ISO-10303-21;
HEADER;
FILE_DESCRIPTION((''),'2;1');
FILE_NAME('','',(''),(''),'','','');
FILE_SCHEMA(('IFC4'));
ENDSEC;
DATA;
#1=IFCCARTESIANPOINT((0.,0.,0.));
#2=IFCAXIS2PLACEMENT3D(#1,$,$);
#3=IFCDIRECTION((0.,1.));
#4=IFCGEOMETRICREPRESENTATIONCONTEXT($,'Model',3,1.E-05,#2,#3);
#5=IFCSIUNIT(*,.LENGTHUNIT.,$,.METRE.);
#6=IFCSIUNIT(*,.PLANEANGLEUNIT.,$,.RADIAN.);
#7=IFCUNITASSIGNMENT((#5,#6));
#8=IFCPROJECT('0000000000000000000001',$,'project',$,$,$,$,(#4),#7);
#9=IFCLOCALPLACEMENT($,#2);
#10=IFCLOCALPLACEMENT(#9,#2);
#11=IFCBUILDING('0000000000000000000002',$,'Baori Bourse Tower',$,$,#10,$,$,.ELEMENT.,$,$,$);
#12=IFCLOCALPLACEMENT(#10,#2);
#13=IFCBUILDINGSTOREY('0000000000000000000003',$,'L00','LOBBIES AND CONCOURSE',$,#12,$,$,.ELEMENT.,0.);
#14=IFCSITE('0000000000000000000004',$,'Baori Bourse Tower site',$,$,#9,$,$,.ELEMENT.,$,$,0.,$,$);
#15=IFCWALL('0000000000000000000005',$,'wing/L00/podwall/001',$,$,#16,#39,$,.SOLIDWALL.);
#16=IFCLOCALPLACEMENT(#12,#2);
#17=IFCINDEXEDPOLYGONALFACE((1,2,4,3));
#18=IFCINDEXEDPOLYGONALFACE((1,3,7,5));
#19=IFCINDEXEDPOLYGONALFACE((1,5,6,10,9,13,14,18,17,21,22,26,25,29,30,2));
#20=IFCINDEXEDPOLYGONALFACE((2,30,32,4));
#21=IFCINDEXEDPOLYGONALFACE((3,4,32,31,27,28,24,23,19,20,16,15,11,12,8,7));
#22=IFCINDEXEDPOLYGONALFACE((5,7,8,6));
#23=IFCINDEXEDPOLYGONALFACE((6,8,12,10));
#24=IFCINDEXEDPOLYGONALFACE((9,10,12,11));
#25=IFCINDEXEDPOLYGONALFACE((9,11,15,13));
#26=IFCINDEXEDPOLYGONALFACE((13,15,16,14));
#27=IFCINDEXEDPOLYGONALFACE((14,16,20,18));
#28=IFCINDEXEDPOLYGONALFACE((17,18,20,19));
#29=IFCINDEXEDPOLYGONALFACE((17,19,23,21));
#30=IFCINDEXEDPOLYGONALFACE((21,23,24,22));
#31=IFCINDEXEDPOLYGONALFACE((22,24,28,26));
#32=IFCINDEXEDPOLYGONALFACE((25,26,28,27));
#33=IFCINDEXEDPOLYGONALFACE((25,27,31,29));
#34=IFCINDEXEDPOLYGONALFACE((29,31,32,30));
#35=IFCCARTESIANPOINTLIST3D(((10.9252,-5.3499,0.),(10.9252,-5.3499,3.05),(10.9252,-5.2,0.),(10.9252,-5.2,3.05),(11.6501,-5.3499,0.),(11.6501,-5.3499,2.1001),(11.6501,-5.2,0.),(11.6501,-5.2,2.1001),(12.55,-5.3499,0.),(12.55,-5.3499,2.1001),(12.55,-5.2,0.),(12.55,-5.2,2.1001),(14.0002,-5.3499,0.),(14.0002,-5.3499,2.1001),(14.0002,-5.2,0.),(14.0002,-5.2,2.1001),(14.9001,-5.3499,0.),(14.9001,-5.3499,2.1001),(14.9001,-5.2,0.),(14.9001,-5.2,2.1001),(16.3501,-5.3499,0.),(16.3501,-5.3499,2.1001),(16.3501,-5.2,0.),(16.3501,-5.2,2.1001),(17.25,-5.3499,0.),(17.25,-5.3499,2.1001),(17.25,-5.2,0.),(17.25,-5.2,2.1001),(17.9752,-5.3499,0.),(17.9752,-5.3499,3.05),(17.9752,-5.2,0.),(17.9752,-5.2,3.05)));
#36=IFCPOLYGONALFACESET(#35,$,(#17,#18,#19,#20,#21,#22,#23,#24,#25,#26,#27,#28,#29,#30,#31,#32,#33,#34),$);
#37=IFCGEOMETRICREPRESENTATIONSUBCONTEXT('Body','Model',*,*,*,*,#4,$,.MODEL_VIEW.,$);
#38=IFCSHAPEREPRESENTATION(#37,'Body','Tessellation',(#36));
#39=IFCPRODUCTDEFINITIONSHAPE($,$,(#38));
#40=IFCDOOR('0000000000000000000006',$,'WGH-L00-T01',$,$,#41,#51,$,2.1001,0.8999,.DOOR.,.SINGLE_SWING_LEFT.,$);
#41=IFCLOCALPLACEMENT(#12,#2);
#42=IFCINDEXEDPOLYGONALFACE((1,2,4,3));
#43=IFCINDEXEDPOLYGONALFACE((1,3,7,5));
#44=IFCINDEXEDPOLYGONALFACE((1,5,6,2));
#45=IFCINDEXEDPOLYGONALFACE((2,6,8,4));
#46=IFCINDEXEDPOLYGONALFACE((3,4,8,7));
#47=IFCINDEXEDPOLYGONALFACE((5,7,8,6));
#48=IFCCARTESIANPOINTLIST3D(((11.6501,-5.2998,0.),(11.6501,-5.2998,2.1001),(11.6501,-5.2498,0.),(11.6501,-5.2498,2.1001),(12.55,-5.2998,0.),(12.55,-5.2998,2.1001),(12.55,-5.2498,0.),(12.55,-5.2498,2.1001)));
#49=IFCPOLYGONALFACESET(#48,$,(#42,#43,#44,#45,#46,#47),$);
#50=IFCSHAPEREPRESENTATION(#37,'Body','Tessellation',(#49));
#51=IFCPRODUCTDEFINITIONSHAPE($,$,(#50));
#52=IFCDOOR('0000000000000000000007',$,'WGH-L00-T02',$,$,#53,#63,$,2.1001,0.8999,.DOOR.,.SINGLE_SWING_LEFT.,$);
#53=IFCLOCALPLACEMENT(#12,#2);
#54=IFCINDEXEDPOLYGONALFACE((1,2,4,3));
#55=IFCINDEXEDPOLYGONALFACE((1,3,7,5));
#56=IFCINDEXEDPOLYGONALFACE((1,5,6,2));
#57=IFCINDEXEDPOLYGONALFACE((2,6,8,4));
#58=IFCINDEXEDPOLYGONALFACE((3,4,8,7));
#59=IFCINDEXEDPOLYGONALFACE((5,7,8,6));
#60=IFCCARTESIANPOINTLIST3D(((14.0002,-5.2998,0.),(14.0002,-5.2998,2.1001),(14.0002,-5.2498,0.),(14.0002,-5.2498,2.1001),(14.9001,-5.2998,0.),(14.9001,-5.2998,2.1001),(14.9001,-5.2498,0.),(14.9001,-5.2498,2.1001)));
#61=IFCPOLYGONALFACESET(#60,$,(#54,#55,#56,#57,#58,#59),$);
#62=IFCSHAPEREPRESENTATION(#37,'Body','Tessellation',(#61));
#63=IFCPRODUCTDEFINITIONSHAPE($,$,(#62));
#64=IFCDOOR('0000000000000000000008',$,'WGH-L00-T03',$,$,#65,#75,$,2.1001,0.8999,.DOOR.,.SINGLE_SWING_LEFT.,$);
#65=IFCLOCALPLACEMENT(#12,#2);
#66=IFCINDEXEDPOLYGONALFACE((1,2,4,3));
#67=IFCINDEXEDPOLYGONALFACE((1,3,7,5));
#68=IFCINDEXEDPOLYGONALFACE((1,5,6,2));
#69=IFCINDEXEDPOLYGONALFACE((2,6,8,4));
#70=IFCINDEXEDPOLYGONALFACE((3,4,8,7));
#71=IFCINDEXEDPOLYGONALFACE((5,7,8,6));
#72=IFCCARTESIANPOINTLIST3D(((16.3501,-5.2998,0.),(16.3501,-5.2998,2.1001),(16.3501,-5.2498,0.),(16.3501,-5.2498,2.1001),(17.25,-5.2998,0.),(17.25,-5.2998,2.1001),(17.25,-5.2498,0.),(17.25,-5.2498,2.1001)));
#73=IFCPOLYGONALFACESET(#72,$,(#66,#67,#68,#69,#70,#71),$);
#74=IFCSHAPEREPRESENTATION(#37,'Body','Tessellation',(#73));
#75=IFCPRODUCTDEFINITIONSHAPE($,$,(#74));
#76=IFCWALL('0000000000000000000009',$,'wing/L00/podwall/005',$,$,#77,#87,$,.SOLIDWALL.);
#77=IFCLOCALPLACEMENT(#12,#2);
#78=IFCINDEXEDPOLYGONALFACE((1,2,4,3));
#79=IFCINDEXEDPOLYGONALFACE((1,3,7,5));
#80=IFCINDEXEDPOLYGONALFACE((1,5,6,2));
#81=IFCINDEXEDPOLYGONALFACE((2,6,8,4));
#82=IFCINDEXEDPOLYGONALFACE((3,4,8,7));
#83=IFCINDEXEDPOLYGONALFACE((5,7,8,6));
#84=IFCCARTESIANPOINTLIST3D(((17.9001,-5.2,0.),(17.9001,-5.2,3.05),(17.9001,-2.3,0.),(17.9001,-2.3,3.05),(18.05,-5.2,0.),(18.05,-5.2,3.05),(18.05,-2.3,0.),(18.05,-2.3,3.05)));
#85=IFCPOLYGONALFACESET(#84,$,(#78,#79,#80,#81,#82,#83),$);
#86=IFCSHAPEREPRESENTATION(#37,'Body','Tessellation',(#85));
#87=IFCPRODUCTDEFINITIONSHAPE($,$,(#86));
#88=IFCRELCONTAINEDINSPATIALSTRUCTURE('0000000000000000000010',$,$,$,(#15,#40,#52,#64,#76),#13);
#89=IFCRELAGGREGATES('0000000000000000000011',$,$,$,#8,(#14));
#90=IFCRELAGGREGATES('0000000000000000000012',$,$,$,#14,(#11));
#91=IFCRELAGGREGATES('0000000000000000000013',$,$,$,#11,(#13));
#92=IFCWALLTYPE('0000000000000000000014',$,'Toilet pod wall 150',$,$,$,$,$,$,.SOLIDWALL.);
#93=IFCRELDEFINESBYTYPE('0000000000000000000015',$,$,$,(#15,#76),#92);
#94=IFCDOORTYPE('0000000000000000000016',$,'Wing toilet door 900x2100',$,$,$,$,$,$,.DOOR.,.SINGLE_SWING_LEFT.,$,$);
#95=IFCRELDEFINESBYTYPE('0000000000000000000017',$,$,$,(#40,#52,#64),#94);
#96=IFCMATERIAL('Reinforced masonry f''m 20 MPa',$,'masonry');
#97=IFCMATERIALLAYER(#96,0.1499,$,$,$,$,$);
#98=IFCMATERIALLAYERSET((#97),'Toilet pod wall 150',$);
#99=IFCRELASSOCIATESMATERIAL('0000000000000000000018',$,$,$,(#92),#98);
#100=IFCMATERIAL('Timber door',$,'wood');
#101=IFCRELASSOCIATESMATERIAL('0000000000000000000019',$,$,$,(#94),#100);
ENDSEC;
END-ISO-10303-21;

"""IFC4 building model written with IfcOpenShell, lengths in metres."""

from ifc_helpers import new_model, si_unit, direction, frame, frame_2d, origin, place, context, subcontext, project, spatial, rectangle, extrude, material, layer, layer_set, type_object, element, fill, save


model = new_model("IFC4")

# Units and contexts
model_context = context("Model", 3, precision=1e-05, world=origin(), true_north=direction((0.0, 1.0)))
body_context = subcontext(model_context, "Body", "Model", "MODEL_VIEW")
ifc_project = project(units=[si_unit("LENGTHUNIT", "METRE"), si_unit("PLANEANGLEUNIT", "RADIAN")], contexts=[model_context])

# Site, building, storey
site_placement = place(None, origin())
site = spatial("IfcSite", under=ifc_project, at=site_placement, Name="Baori Bourse Tower site", CompositionType="ELEMENT", RefElevation=0.0)
building_placement = place(site_placement, origin())
building = spatial("IfcBuilding", under=site, at=building_placement, Name="Baori Bourse Tower", CompositionType="ELEMENT")
storey_placement = place(building_placement, origin())
storey = spatial("IfcBuildingStorey", under=building, at=storey_placement, Name="L00", Description="LOBBIES AND CONCOURSE", CompositionType="ELEMENT", Elevation=0.0)

# Wall, openings, doors
ifc_material_1 = material(Name="Reinforced masonry f'm 20 MPa", Category="masonry")
ifc_layer = layer(ifc_material_1, 0.1499)
ifc_layer_set = layer_set([ifc_layer], Name="Toilet pod wall 150")
wall_type = type_object("IfcWallType", Name="Toilet pod wall 150", PredefinedType="SOLIDWALL", material=ifc_layer_set)
wall_1_placement = place(storey_placement, frame((17.9751, -5.2749, 0.0), z_axis=(0.0, 0.0, 1.0), x_axis=(-1.0, 0.0, 0.0)))
wall_1 = element("IfcWall", 1, at=wall_1_placement, inside=storey, type_object=wall_type, Name="wing/L00/podwall/001", PredefinedType="SOLIDWALL", context=body_context, shape_type="SweptSolid", body=[
    extrude(rectangle(XDim=7.05, YDim=0.1499, at=frame_2d((3.5249, 0.0))), origin(), (0.0, 0.0, 1.0), 3.05),
])
opening_1_placement = place(wall_1_placement, frame((5.425, 0.0, 0.0)))
opening_1 = element("IfcOpeningElement", 2, at=opening_1_placement, cuts=wall_1, PredefinedType="OPENING", context=body_context, shape_type="SweptSolid", body=[
    extrude(rectangle(XDim=0.8999, YDim=2.1001, at=frame_2d((0.45, 1.05))), frame((0.0, 0.085, 0.0), z_axis=(0.0, -1.0, 0.0), x_axis=(1.0, 0.0, 0.0)), (0.0, 0.0, 1.0), 0.1699),
])
opening_2_placement = place(wall_1_placement, frame((3.075, 0.0, 0.0)))
opening_2 = element("IfcOpeningElement", 3, at=opening_2_placement, cuts=wall_1, PredefinedType="OPENING", context=body_context, shape_type="SweptSolid", body=[
    extrude(rectangle(XDim=0.8999, YDim=2.1001, at=frame_2d((0.45, 1.05))), frame((0.0, 0.085, 0.0), z_axis=(0.0, -1.0, 0.0), x_axis=(1.0, 0.0, 0.0)), (0.0, 0.0, 1.0), 0.1699),
])
opening_3_placement = place(wall_1_placement, frame((0.7251, 0.0, 0.0)))
opening_3 = element("IfcOpeningElement", 4, at=opening_3_placement, cuts=wall_1, PredefinedType="OPENING", context=body_context, shape_type="SweptSolid", body=[
    extrude(rectangle(XDim=0.8999, YDim=2.1001, at=frame_2d((0.45, 1.05))), frame((0.0, 0.085, 0.0), z_axis=(0.0, -1.0, 0.0), x_axis=(1.0, 0.0, 0.0)), (0.0, 0.0, 1.0), 0.1699),
])
ifc_material_2 = material(Name="Timber door", Category="wood")
door_type = type_object("IfcDoorType", Name="Wing toilet door 900x2100", OperationType="SINGLE_SWING_LEFT", PredefinedType="DOOR", material=ifc_material_2)
door_1_placement = place(opening_1_placement, origin())
door_1 = element("IfcDoor", 5, at=door_1_placement, inside=storey, type_object=door_type, Name="WGH-L00-T01", OperationType="SINGLE_SWING_LEFT", OverallHeight=2.1001, OverallWidth=0.8999, PredefinedType="DOOR", context=body_context, shape_type="SweptSolid", body=[
    extrude(rectangle(XDim=0.8999, YDim=2.1001, at=frame_2d((0.45, 1.05))), frame((0.0, 0.0249, 0.0), z_axis=(0.0, -1.0, 0.0), x_axis=(1.0, 0.0, 0.0)), (0.0, 0.0, 1.0), 0.05),
])
fill(opening_1, door_1)
door_2_placement = place(opening_2_placement, origin())
door_2 = element("IfcDoor", 6, at=door_2_placement, inside=storey, type_object=door_type, Name="WGH-L00-T02", OperationType="SINGLE_SWING_LEFT", OverallHeight=2.1001, OverallWidth=0.8999, PredefinedType="DOOR", context=body_context, shape_type="SweptSolid", body=[
    extrude(rectangle(XDim=0.8999, YDim=2.1001, at=frame_2d((0.45, 1.05))), frame((0.0, 0.0249, 0.0), z_axis=(0.0, -1.0, 0.0), x_axis=(1.0, 0.0, 0.0)), (0.0, 0.0, 1.0), 0.05),
])
fill(opening_2, door_2)
door_3_placement = place(opening_3_placement, origin())
door_3 = element("IfcDoor", 7, at=door_3_placement, inside=storey, type_object=door_type, Name="WGH-L00-T03", OperationType="SINGLE_SWING_LEFT", OverallHeight=2.1001, OverallWidth=0.8999, PredefinedType="DOOR", context=body_context, shape_type="SweptSolid", body=[
    extrude(rectangle(XDim=0.8999, YDim=2.1001, at=frame_2d((0.45, 1.05))), frame((0.0, 0.0249, 0.0), z_axis=(0.0, -1.0, 0.0), x_axis=(1.0, 0.0, 0.0)), (0.0, 0.0, 1.0), 0.05),
])
fill(opening_3, door_3)

# Wall
wall_2_placement = place(storey_placement, frame((17.9751, -5.2, 0.0), z_axis=(0.0, 0.0, 1.0), x_axis=(0.0, 1.0, 0.0)))
element("IfcWall", 8, at=wall_2_placement, inside=storey, type_object=wall_type, Name="wing/L00/podwall/005", PredefinedType="SOLIDWALL", context=body_context, shape_type="SweptSolid", body=[
    extrude(rectangle(XDim=2.8999, YDim=0.1499, at=frame_2d((1.45, 0.0))), origin(), (0.0, 0.0, 1.0), 3.05),
])

save(model, "model.ifc")
